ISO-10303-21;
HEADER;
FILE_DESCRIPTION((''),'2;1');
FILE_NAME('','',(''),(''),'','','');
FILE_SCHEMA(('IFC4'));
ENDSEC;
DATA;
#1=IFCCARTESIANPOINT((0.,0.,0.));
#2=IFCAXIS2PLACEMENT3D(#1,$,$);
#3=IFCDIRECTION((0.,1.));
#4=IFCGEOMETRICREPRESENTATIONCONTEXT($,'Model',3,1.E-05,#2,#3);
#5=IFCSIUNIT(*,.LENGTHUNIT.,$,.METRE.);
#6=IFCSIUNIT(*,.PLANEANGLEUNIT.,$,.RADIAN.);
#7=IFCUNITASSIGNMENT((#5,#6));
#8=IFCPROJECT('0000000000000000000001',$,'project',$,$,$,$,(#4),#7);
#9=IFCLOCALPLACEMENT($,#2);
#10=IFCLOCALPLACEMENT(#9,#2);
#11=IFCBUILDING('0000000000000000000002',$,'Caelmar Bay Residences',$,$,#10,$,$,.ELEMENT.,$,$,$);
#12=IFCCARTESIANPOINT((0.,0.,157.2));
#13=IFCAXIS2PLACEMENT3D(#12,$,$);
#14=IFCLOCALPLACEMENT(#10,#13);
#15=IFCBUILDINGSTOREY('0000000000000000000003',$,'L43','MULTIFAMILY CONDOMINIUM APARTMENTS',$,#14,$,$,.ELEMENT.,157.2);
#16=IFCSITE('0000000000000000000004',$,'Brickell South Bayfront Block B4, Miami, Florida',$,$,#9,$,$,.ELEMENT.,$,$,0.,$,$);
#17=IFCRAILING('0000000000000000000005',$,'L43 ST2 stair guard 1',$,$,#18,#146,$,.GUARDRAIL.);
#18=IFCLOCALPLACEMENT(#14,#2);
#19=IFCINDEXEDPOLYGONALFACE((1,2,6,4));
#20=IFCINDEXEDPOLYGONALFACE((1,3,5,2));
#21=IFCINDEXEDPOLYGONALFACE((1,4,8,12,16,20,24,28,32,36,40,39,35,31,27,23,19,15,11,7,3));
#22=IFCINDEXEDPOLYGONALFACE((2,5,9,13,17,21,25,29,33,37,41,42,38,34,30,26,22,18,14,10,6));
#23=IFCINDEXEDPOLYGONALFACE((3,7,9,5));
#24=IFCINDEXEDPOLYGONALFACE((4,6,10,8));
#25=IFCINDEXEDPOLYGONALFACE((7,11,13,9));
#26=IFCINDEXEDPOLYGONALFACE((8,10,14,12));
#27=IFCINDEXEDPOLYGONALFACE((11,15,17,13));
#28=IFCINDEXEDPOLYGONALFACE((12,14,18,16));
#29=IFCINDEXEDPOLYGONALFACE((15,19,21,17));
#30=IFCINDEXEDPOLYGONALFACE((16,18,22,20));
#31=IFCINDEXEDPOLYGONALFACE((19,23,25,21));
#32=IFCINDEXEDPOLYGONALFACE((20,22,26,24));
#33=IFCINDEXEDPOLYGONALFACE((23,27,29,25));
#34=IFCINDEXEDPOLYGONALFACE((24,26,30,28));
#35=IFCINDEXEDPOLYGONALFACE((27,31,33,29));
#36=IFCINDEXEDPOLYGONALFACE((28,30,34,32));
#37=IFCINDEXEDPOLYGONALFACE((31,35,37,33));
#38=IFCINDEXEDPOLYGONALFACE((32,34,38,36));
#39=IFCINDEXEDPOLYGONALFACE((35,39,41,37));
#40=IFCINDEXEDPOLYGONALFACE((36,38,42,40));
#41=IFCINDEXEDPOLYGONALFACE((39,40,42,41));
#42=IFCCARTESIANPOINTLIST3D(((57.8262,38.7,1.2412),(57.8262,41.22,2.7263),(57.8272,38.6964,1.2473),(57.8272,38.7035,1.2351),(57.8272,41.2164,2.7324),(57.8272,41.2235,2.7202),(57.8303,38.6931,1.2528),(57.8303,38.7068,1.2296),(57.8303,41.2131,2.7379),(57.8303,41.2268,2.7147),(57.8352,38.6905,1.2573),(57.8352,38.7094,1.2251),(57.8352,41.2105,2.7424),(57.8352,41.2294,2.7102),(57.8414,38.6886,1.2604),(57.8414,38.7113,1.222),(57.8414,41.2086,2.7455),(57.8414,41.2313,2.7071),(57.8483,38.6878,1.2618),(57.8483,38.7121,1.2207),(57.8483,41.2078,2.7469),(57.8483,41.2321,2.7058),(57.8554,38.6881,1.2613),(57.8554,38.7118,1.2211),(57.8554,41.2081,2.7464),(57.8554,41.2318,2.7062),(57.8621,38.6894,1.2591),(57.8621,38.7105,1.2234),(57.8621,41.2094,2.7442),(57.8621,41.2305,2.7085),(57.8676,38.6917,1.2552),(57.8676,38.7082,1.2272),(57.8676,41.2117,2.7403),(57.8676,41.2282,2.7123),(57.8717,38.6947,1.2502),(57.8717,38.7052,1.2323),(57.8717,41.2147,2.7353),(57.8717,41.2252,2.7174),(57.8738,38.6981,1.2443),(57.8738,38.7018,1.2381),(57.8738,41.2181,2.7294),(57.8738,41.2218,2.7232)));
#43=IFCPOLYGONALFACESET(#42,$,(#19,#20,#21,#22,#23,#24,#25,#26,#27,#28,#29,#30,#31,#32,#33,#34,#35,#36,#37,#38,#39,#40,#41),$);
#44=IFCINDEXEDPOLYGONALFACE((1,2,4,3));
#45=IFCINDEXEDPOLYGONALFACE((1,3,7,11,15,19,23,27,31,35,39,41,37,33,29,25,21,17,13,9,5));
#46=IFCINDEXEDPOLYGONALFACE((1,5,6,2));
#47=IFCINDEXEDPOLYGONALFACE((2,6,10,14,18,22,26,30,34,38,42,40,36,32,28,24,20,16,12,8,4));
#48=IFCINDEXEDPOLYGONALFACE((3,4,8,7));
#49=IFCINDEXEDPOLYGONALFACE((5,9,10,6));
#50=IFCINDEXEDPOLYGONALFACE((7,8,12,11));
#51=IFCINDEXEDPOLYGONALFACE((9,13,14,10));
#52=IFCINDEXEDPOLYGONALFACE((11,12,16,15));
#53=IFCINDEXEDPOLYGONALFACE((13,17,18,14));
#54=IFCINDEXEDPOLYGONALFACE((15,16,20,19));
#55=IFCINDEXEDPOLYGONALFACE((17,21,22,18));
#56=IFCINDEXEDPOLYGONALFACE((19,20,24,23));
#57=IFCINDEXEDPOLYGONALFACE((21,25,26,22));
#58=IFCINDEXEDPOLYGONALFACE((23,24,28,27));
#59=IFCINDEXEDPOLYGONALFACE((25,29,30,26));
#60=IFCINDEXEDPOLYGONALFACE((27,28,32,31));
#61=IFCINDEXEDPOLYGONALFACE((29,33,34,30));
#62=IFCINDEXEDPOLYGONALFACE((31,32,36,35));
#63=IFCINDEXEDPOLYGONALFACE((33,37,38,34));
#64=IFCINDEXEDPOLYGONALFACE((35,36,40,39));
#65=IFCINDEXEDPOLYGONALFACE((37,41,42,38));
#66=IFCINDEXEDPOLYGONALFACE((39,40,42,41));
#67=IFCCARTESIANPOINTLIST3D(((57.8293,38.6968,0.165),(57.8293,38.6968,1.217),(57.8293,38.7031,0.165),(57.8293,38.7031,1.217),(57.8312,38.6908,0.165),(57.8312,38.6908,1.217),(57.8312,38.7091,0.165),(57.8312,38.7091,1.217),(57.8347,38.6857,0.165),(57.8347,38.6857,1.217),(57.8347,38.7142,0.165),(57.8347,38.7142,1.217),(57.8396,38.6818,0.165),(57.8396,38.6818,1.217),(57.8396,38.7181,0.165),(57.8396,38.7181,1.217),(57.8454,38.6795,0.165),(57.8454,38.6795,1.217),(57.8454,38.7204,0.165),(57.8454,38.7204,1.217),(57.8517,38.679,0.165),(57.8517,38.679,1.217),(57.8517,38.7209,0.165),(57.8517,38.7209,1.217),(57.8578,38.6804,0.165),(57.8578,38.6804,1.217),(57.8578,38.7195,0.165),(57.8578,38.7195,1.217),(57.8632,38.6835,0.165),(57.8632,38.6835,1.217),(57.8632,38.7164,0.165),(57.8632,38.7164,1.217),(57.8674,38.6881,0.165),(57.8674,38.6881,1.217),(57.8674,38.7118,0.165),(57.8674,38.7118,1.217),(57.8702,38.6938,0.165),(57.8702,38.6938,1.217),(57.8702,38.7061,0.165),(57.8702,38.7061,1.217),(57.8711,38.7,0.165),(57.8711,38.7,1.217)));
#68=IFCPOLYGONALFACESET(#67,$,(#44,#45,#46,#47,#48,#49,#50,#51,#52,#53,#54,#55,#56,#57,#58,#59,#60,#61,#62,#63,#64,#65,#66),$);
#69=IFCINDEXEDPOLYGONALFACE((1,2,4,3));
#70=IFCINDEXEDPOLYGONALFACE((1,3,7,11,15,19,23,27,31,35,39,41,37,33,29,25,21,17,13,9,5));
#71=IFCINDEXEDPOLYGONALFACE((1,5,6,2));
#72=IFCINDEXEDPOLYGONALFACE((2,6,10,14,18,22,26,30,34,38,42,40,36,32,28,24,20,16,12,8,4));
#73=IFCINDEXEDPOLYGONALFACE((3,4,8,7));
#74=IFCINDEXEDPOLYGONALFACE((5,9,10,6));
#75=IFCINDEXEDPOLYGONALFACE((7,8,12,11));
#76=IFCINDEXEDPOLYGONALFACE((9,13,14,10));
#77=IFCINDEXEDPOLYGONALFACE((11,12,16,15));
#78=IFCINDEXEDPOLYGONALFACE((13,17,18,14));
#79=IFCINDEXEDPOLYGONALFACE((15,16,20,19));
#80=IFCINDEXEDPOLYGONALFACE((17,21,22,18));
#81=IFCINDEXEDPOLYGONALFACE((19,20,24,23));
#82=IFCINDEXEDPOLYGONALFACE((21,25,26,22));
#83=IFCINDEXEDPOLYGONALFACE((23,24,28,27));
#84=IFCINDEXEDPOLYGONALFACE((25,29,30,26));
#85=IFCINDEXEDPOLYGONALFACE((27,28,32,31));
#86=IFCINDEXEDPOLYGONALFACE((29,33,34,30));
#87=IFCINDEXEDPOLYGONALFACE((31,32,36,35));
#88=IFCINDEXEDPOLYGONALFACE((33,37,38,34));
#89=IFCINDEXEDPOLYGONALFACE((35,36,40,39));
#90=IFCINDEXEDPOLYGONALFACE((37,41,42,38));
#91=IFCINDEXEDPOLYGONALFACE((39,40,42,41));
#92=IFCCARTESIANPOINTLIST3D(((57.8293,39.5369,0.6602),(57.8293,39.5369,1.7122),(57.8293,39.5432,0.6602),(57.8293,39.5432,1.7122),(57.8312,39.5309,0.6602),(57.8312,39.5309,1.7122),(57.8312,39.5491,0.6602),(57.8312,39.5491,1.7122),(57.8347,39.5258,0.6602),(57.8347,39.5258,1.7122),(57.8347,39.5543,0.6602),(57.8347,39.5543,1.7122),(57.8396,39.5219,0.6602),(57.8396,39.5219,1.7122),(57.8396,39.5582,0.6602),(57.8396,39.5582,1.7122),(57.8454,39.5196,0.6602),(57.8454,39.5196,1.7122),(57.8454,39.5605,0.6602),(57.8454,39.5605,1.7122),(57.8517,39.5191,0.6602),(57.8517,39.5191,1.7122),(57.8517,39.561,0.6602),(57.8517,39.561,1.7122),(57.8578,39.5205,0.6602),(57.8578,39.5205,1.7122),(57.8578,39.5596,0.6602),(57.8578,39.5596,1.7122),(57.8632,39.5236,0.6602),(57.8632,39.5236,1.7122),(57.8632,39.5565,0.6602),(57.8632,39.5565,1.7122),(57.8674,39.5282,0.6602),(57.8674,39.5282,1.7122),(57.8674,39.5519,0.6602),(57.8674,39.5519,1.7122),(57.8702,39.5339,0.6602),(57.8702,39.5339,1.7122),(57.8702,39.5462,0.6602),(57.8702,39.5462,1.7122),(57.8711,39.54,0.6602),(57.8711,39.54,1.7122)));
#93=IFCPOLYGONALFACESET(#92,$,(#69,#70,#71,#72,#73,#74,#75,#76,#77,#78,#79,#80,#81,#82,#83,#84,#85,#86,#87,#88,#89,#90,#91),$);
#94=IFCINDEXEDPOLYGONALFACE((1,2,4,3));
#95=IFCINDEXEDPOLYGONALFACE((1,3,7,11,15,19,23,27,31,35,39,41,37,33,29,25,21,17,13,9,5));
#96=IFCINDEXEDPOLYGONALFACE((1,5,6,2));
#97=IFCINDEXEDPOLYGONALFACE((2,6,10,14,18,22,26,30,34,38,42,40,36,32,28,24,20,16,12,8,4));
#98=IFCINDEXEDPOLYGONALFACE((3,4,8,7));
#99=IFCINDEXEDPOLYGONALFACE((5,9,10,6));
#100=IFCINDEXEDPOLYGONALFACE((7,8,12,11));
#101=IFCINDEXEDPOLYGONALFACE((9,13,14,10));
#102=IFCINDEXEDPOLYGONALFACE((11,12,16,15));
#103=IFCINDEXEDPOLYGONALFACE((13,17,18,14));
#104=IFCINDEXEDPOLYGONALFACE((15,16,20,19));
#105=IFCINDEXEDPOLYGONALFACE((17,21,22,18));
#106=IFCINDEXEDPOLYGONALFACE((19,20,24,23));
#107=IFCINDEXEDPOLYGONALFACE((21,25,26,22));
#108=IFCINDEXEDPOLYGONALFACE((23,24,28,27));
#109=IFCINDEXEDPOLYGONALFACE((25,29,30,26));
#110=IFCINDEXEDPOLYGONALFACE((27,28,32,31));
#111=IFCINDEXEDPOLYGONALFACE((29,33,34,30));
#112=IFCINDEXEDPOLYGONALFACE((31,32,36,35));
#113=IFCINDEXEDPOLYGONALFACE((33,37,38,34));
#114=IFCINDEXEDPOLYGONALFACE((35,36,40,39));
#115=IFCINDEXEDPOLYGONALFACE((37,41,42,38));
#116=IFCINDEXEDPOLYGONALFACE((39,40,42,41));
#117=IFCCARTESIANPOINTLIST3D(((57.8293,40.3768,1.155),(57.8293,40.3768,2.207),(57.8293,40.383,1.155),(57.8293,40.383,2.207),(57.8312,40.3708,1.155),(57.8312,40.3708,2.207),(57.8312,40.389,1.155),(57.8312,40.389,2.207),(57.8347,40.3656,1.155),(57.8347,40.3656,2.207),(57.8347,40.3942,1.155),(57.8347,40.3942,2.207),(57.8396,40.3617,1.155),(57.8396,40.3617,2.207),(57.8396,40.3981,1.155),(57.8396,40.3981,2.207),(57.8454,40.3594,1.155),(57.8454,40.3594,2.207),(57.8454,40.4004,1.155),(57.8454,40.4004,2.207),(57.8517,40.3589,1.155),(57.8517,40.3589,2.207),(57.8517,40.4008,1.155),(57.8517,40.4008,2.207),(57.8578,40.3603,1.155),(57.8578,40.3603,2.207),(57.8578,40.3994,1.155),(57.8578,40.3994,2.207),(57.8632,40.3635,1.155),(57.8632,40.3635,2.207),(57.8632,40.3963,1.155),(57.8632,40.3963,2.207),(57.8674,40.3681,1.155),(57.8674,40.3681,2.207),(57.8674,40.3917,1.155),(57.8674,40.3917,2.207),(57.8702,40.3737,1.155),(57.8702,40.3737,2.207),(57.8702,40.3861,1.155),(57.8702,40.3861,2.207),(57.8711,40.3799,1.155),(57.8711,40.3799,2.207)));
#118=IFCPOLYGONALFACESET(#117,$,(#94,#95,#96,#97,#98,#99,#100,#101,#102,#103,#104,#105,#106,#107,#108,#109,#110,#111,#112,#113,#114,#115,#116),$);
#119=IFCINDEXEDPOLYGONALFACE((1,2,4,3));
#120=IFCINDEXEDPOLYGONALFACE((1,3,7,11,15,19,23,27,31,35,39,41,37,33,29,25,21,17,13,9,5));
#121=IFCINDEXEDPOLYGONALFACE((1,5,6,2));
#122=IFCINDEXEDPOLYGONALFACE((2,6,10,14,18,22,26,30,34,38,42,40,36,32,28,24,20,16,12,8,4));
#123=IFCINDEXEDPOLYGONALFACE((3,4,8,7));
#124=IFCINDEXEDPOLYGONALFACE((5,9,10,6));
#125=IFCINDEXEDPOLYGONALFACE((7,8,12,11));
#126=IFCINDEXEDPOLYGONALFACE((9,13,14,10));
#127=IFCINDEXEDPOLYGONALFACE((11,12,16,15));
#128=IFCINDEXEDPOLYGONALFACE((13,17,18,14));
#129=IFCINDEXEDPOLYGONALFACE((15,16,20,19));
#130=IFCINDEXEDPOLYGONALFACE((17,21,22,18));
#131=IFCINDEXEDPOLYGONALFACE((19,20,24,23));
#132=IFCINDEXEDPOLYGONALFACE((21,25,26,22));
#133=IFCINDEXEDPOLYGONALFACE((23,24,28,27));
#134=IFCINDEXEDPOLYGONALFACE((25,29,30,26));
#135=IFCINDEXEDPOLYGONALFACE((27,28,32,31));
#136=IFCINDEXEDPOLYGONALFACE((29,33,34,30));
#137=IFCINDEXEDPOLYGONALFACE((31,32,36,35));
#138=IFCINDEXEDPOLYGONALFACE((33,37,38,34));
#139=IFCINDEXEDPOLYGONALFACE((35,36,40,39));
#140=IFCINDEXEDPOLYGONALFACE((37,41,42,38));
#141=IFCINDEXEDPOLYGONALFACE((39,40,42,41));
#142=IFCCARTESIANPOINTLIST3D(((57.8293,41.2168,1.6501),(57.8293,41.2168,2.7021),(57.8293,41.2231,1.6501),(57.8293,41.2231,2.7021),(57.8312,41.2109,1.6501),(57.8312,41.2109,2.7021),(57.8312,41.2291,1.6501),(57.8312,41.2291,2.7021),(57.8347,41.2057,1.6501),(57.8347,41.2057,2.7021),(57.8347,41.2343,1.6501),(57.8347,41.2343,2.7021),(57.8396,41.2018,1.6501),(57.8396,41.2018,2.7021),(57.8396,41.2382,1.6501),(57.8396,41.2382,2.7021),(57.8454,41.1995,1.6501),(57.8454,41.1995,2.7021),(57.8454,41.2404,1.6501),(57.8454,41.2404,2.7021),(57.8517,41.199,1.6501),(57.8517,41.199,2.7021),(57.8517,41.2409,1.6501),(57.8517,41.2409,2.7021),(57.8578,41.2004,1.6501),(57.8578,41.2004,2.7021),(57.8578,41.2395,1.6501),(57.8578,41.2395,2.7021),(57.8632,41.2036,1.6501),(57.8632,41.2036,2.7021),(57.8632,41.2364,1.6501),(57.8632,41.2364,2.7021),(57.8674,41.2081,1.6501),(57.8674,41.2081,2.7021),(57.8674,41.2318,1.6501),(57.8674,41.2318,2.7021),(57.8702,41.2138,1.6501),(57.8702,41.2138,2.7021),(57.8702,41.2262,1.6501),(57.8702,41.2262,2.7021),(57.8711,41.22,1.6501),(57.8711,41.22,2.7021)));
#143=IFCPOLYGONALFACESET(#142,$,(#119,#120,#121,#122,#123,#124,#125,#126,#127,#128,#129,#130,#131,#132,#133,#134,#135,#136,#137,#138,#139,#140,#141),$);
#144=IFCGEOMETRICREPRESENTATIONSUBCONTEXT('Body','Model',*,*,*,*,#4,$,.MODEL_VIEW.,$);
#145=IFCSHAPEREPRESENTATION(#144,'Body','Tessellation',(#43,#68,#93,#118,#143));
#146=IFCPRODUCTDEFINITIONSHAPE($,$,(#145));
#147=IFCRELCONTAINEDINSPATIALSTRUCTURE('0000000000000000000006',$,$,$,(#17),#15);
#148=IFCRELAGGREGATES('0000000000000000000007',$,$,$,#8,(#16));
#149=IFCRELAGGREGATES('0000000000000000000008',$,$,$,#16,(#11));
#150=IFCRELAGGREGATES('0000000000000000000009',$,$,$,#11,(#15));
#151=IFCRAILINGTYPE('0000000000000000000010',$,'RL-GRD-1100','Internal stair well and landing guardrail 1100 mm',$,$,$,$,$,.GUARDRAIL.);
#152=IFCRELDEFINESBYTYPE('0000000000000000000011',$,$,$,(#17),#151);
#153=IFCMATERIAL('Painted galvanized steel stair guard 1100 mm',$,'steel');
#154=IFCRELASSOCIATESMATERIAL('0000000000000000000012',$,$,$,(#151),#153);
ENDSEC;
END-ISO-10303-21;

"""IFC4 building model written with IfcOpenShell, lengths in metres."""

from ifc_helpers import new_model, si_unit, direction, frame, origin, origin_2d, place, context, subcontext, project, spatial, circle, extrude, material, type_object, element, save


model = new_model("IFC4")

# Units and contexts
model_context = context("Model", 3, precision=1e-05, world=origin(), true_north=direction((0.0, 1.0)))
body_context = subcontext(model_context, "Body", "Model", "MODEL_VIEW")
ifc_project = project(units=[si_unit("LENGTHUNIT", "METRE"), si_unit("PLANEANGLEUNIT", "RADIAN")], contexts=[model_context])

# Site, building, storey
site_placement = place(None, origin())
site = spatial("IfcSite", under=ifc_project, at=site_placement, Name="Brickell South Bayfront Block B4, Miami, Florida", CompositionType="ELEMENT", RefElevation=0.0)
building_placement = place(site_placement, origin())
building = spatial("IfcBuilding", under=site, at=building_placement, Name="Caelmar Bay Residences", CompositionType="ELEMENT")
storey_placement = place(building_placement, frame((0.0, 0.0, 157.2)))
storey = spatial("IfcBuildingStorey", under=building, at=storey_placement, Name="L43", Description="MULTIFAMILY CONDOMINIUM APARTMENTS", CompositionType="ELEMENT", Elevation=157.2)

# Railing
ifc_material_1 = material(Name="Painted galvanized steel stair guard 1100 mm", Category="steel")
railing_type_1 = type_object("IfcRailingType", Name="RL-GRD-1100", Description="Internal stair well and landing guardrail 1100 mm", PredefinedType="GUARDRAIL", material=ifc_material_1)
railing_1_placement = place(storey_placement, frame((57.8501, 38.7, 0.165)))
element("IfcRailing", 1, at=railing_1_placement, inside=storey, type_object=railing_type_1, Name="L43 ST2 stair guard 1", PredefinedType="GUARDRAIL", context=body_context, shape_type="SweptSolid", body=[
    extrude(circle(Radius=0.0239, at=origin_2d()), frame((0.0, 0.0, 1.0762), z_axis=(0.0, 0.861524, 0.507717), x_axis=(-1.0, 0.0, 0.0)), (0.0, 0.0, 1.0), 2.925),
    extrude(circle(Radius=0.021, at=origin_2d()), origin(), (0.0, 0.0, 1.0), 1.052),
    extrude(circle(Radius=0.021, at=origin_2d()), frame((0.0, 0.8401, 0.4951)), (0.0, 0.0, 1.0), 1.052),
    extrude(circle(Radius=0.021, at=origin_2d()), frame((0.0, 1.6799, 0.99)), (0.0, 0.0, 1.0), 1.052),
    extrude(circle(Radius=0.021, at=origin_2d()), frame((0.0, 2.52, 1.4851)), (0.0, 0.0, 1.0), 1.052),
])

save(model, "model.ifc")
